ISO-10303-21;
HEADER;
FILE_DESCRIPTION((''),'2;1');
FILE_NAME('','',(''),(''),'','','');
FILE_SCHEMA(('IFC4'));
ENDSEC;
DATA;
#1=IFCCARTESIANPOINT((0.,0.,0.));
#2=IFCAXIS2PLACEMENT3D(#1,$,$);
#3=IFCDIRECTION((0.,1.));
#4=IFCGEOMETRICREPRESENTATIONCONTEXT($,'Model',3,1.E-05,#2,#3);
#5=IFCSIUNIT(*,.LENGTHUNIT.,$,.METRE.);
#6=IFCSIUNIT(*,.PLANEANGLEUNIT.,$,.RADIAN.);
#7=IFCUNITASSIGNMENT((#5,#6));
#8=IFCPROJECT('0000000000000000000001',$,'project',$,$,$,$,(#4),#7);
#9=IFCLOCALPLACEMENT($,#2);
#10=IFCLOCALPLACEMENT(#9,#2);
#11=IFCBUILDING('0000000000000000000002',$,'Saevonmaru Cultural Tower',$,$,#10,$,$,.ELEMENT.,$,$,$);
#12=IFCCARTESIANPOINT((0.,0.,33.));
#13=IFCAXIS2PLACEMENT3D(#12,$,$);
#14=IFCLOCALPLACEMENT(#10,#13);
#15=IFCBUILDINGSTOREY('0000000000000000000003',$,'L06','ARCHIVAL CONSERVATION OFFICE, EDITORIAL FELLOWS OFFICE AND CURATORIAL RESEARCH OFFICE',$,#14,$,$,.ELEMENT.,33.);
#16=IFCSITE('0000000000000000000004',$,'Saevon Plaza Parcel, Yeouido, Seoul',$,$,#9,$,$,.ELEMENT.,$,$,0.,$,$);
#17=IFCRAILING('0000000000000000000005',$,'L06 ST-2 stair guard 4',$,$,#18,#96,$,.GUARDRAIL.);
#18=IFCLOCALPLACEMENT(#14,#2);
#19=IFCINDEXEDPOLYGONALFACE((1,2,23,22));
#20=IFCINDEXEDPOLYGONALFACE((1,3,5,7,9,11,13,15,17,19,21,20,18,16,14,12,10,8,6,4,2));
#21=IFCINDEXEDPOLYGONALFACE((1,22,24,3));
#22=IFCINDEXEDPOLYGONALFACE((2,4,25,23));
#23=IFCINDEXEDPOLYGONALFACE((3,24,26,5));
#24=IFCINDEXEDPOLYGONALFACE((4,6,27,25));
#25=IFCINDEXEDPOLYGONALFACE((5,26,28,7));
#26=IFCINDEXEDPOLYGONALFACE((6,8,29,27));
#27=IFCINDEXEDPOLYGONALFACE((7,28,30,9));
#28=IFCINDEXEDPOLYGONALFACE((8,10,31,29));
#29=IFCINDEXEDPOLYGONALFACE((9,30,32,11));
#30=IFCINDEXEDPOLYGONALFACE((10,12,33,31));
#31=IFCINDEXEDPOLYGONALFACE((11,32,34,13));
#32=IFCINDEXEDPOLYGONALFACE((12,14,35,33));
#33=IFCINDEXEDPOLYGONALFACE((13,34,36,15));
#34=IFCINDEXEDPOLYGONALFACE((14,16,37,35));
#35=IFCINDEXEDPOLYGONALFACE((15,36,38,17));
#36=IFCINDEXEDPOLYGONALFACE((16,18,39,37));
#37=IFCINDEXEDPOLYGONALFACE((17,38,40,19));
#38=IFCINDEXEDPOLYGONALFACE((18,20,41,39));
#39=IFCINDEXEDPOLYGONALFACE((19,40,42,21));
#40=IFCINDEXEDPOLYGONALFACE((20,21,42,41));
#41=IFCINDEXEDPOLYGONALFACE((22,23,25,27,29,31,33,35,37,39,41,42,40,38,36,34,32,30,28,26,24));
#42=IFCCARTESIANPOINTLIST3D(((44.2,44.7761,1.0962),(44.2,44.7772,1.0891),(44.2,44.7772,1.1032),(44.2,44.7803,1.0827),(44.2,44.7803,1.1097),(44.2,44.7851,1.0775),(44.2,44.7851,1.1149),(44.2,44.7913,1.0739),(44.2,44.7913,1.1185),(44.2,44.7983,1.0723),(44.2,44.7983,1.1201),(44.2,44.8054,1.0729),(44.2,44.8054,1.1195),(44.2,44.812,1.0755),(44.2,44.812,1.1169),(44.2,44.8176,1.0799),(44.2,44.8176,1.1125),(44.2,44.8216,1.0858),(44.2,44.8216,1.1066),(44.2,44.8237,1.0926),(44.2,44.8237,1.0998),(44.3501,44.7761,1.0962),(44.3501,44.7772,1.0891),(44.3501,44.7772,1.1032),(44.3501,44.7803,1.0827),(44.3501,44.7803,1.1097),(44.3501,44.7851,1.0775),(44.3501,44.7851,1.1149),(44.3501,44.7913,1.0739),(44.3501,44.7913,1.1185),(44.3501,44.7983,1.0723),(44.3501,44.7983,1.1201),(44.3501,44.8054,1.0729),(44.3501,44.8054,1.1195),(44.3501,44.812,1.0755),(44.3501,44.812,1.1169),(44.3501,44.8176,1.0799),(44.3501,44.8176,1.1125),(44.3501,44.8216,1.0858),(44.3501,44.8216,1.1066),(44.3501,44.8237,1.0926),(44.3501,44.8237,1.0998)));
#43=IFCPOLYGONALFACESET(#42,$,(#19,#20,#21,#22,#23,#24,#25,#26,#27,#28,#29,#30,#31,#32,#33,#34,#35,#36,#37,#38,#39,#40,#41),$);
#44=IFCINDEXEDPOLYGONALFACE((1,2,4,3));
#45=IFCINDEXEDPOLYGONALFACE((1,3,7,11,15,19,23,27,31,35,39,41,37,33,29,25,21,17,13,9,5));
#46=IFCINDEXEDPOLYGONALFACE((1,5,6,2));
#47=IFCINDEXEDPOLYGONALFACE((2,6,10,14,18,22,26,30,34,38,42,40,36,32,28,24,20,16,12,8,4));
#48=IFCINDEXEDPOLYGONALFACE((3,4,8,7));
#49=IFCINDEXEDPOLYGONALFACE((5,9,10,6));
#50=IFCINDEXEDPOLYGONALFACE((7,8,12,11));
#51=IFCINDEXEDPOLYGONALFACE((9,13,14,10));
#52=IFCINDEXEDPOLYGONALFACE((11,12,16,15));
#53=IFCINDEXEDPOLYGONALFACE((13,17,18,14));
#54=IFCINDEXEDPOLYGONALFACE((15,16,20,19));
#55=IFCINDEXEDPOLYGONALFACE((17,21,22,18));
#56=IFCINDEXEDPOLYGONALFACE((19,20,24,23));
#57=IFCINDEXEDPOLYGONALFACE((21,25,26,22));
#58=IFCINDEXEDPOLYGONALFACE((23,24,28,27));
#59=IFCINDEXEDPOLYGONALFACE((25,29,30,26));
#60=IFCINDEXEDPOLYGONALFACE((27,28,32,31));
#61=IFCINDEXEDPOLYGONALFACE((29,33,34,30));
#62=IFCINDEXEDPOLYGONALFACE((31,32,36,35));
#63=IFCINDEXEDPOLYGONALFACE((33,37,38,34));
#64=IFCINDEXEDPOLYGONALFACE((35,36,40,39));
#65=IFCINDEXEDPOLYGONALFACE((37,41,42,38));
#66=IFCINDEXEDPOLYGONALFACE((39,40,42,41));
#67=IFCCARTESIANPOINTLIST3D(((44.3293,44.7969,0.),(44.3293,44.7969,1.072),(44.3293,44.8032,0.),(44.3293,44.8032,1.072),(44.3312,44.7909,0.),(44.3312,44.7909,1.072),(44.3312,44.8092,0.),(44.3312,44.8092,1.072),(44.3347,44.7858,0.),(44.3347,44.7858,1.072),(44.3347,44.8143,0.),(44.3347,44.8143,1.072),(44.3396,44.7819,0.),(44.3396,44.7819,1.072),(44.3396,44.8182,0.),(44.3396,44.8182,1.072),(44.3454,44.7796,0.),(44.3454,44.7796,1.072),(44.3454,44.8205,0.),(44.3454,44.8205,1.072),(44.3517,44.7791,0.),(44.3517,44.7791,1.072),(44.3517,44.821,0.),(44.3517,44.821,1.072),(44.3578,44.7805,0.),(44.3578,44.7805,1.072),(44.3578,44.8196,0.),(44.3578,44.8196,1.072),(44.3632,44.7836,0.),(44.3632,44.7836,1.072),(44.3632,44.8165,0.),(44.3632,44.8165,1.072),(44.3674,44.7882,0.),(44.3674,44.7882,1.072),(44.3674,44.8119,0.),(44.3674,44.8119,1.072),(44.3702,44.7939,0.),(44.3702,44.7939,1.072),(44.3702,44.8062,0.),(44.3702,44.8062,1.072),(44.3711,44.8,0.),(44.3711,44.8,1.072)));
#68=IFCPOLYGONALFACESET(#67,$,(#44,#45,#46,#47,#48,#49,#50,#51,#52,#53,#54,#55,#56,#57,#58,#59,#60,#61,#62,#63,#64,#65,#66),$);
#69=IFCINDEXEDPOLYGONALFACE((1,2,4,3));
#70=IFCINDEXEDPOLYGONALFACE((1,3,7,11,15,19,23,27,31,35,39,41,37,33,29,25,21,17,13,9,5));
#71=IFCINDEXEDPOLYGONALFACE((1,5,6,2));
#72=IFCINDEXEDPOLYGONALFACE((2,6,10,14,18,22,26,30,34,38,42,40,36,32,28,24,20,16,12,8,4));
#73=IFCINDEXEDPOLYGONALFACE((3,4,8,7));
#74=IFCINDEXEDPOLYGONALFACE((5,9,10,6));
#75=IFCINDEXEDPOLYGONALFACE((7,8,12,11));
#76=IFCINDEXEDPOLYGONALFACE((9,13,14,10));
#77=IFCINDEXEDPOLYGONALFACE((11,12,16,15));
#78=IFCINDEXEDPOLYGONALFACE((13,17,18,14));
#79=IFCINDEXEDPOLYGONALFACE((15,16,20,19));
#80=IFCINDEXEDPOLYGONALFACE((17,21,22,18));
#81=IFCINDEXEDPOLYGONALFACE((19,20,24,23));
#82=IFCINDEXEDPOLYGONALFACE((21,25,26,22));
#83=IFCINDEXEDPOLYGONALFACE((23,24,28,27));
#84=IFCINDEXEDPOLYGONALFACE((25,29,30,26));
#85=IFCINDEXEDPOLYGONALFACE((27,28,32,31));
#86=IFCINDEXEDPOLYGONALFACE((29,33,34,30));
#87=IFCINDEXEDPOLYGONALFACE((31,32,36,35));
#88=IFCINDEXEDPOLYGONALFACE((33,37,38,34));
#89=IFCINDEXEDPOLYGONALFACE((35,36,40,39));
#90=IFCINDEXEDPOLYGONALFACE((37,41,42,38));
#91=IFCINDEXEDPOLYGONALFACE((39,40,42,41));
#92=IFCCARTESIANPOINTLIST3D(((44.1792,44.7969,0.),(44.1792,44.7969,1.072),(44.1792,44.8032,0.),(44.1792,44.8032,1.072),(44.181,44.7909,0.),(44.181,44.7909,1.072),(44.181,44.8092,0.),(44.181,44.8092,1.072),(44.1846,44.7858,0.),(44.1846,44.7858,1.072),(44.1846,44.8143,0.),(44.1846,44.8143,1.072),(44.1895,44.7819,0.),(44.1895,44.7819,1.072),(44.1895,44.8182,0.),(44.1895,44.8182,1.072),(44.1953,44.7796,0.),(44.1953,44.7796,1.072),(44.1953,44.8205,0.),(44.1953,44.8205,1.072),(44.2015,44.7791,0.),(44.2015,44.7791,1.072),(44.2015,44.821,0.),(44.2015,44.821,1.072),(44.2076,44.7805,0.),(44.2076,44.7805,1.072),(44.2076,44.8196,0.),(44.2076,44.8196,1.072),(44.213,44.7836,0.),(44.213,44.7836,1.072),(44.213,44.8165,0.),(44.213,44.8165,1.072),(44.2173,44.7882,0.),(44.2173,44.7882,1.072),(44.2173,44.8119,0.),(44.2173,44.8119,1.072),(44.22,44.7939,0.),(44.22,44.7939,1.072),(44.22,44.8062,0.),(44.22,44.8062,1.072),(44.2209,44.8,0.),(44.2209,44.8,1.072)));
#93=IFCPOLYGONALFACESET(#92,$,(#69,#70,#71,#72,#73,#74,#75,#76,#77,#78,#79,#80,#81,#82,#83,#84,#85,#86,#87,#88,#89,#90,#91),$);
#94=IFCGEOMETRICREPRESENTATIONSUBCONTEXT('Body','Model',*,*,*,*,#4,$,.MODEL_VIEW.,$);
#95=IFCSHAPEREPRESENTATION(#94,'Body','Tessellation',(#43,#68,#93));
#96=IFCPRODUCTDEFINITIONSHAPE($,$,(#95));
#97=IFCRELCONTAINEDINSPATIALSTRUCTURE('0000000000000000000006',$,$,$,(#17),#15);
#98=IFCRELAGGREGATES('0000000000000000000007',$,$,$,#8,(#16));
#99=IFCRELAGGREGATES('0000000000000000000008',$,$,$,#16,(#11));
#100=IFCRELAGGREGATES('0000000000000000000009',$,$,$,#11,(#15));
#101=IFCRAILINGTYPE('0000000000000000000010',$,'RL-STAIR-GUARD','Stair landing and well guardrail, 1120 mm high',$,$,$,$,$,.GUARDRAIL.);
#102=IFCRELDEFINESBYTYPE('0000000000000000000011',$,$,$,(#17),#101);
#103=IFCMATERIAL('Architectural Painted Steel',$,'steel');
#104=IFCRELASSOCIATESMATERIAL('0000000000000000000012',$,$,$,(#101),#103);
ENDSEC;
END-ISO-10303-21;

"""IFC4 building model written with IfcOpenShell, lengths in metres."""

from ifc_helpers import new_model, si_unit, direction, frame, origin, origin_2d, place, context, subcontext, project, spatial, circle, extrude, material, type_object, element, save


model = new_model("IFC4")

# Units and contexts
model_context = context("Model", 3, precision=1e-05, world=origin(), true_north=direction((0.0, 1.0)))
body_context = subcontext(model_context, "Body", "Model", "MODEL_VIEW")
ifc_project = project(units=[si_unit("LENGTHUNIT", "METRE"), si_unit("PLANEANGLEUNIT", "RADIAN")], contexts=[model_context])

# Site, building, storey
site_placement = place(None, origin())
site = spatial("IfcSite", under=ifc_project, at=site_placement, Name="Saevon Plaza Parcel, Yeouido, Seoul", CompositionType="ELEMENT", RefElevation=0.0)
building_placement = place(site_placement, origin())
building = spatial("IfcBuilding", under=site, at=building_placement, Name="Saevonmaru Cultural Tower", CompositionType="ELEMENT")
storey_placement = place(building_placement, frame((0.0, 0.0, 33.0)))
storey = spatial("IfcBuildingStorey", under=building, at=storey_placement, Name="L06", Description="ARCHIVAL CONSERVATION OFFICE, EDITORIAL FELLOWS OFFICE AND CURATORIAL RESEARCH OFFICE", CompositionType="ELEMENT", Elevation=33.0)

# Railing
ifc_material_1 = material(Name="Architectural Painted Steel", Category="steel")
railing_type_1 = type_object("IfcRailingType", Name="RL-STAIR-GUARD", Description="Stair landing and well guardrail, 1120 mm high", PredefinedType="GUARDRAIL", material=ifc_material_1)
railing_1_placement = place(storey_placement, frame((44.3501, 44.8, 0.0)))
element("IfcRailing", 1, at=railing_1_placement, inside=storey, type_object=railing_type_1, Name="L06 ST-2 stair guard 4", PredefinedType="GUARDRAIL", context=body_context, shape_type="SweptSolid", body=[
    extrude(circle(Radius=0.0239, at=origin_2d()), frame((0.0, 0.0, 1.0962), z_axis=(-1.0, 0.0, 0.0), x_axis=(0.0, -1.0, 0.0)), (0.0, 0.0, 1.0), 0.1501),
    extrude(circle(Radius=0.021, at=origin_2d()), origin(), (0.0, 0.0, 1.0), 1.072),
    extrude(circle(Radius=0.021, at=origin_2d()), frame((-0.1501, 0.0, 0.0)), (0.0, 0.0, 1.0), 1.072),
])

save(model, "model.ifc")
